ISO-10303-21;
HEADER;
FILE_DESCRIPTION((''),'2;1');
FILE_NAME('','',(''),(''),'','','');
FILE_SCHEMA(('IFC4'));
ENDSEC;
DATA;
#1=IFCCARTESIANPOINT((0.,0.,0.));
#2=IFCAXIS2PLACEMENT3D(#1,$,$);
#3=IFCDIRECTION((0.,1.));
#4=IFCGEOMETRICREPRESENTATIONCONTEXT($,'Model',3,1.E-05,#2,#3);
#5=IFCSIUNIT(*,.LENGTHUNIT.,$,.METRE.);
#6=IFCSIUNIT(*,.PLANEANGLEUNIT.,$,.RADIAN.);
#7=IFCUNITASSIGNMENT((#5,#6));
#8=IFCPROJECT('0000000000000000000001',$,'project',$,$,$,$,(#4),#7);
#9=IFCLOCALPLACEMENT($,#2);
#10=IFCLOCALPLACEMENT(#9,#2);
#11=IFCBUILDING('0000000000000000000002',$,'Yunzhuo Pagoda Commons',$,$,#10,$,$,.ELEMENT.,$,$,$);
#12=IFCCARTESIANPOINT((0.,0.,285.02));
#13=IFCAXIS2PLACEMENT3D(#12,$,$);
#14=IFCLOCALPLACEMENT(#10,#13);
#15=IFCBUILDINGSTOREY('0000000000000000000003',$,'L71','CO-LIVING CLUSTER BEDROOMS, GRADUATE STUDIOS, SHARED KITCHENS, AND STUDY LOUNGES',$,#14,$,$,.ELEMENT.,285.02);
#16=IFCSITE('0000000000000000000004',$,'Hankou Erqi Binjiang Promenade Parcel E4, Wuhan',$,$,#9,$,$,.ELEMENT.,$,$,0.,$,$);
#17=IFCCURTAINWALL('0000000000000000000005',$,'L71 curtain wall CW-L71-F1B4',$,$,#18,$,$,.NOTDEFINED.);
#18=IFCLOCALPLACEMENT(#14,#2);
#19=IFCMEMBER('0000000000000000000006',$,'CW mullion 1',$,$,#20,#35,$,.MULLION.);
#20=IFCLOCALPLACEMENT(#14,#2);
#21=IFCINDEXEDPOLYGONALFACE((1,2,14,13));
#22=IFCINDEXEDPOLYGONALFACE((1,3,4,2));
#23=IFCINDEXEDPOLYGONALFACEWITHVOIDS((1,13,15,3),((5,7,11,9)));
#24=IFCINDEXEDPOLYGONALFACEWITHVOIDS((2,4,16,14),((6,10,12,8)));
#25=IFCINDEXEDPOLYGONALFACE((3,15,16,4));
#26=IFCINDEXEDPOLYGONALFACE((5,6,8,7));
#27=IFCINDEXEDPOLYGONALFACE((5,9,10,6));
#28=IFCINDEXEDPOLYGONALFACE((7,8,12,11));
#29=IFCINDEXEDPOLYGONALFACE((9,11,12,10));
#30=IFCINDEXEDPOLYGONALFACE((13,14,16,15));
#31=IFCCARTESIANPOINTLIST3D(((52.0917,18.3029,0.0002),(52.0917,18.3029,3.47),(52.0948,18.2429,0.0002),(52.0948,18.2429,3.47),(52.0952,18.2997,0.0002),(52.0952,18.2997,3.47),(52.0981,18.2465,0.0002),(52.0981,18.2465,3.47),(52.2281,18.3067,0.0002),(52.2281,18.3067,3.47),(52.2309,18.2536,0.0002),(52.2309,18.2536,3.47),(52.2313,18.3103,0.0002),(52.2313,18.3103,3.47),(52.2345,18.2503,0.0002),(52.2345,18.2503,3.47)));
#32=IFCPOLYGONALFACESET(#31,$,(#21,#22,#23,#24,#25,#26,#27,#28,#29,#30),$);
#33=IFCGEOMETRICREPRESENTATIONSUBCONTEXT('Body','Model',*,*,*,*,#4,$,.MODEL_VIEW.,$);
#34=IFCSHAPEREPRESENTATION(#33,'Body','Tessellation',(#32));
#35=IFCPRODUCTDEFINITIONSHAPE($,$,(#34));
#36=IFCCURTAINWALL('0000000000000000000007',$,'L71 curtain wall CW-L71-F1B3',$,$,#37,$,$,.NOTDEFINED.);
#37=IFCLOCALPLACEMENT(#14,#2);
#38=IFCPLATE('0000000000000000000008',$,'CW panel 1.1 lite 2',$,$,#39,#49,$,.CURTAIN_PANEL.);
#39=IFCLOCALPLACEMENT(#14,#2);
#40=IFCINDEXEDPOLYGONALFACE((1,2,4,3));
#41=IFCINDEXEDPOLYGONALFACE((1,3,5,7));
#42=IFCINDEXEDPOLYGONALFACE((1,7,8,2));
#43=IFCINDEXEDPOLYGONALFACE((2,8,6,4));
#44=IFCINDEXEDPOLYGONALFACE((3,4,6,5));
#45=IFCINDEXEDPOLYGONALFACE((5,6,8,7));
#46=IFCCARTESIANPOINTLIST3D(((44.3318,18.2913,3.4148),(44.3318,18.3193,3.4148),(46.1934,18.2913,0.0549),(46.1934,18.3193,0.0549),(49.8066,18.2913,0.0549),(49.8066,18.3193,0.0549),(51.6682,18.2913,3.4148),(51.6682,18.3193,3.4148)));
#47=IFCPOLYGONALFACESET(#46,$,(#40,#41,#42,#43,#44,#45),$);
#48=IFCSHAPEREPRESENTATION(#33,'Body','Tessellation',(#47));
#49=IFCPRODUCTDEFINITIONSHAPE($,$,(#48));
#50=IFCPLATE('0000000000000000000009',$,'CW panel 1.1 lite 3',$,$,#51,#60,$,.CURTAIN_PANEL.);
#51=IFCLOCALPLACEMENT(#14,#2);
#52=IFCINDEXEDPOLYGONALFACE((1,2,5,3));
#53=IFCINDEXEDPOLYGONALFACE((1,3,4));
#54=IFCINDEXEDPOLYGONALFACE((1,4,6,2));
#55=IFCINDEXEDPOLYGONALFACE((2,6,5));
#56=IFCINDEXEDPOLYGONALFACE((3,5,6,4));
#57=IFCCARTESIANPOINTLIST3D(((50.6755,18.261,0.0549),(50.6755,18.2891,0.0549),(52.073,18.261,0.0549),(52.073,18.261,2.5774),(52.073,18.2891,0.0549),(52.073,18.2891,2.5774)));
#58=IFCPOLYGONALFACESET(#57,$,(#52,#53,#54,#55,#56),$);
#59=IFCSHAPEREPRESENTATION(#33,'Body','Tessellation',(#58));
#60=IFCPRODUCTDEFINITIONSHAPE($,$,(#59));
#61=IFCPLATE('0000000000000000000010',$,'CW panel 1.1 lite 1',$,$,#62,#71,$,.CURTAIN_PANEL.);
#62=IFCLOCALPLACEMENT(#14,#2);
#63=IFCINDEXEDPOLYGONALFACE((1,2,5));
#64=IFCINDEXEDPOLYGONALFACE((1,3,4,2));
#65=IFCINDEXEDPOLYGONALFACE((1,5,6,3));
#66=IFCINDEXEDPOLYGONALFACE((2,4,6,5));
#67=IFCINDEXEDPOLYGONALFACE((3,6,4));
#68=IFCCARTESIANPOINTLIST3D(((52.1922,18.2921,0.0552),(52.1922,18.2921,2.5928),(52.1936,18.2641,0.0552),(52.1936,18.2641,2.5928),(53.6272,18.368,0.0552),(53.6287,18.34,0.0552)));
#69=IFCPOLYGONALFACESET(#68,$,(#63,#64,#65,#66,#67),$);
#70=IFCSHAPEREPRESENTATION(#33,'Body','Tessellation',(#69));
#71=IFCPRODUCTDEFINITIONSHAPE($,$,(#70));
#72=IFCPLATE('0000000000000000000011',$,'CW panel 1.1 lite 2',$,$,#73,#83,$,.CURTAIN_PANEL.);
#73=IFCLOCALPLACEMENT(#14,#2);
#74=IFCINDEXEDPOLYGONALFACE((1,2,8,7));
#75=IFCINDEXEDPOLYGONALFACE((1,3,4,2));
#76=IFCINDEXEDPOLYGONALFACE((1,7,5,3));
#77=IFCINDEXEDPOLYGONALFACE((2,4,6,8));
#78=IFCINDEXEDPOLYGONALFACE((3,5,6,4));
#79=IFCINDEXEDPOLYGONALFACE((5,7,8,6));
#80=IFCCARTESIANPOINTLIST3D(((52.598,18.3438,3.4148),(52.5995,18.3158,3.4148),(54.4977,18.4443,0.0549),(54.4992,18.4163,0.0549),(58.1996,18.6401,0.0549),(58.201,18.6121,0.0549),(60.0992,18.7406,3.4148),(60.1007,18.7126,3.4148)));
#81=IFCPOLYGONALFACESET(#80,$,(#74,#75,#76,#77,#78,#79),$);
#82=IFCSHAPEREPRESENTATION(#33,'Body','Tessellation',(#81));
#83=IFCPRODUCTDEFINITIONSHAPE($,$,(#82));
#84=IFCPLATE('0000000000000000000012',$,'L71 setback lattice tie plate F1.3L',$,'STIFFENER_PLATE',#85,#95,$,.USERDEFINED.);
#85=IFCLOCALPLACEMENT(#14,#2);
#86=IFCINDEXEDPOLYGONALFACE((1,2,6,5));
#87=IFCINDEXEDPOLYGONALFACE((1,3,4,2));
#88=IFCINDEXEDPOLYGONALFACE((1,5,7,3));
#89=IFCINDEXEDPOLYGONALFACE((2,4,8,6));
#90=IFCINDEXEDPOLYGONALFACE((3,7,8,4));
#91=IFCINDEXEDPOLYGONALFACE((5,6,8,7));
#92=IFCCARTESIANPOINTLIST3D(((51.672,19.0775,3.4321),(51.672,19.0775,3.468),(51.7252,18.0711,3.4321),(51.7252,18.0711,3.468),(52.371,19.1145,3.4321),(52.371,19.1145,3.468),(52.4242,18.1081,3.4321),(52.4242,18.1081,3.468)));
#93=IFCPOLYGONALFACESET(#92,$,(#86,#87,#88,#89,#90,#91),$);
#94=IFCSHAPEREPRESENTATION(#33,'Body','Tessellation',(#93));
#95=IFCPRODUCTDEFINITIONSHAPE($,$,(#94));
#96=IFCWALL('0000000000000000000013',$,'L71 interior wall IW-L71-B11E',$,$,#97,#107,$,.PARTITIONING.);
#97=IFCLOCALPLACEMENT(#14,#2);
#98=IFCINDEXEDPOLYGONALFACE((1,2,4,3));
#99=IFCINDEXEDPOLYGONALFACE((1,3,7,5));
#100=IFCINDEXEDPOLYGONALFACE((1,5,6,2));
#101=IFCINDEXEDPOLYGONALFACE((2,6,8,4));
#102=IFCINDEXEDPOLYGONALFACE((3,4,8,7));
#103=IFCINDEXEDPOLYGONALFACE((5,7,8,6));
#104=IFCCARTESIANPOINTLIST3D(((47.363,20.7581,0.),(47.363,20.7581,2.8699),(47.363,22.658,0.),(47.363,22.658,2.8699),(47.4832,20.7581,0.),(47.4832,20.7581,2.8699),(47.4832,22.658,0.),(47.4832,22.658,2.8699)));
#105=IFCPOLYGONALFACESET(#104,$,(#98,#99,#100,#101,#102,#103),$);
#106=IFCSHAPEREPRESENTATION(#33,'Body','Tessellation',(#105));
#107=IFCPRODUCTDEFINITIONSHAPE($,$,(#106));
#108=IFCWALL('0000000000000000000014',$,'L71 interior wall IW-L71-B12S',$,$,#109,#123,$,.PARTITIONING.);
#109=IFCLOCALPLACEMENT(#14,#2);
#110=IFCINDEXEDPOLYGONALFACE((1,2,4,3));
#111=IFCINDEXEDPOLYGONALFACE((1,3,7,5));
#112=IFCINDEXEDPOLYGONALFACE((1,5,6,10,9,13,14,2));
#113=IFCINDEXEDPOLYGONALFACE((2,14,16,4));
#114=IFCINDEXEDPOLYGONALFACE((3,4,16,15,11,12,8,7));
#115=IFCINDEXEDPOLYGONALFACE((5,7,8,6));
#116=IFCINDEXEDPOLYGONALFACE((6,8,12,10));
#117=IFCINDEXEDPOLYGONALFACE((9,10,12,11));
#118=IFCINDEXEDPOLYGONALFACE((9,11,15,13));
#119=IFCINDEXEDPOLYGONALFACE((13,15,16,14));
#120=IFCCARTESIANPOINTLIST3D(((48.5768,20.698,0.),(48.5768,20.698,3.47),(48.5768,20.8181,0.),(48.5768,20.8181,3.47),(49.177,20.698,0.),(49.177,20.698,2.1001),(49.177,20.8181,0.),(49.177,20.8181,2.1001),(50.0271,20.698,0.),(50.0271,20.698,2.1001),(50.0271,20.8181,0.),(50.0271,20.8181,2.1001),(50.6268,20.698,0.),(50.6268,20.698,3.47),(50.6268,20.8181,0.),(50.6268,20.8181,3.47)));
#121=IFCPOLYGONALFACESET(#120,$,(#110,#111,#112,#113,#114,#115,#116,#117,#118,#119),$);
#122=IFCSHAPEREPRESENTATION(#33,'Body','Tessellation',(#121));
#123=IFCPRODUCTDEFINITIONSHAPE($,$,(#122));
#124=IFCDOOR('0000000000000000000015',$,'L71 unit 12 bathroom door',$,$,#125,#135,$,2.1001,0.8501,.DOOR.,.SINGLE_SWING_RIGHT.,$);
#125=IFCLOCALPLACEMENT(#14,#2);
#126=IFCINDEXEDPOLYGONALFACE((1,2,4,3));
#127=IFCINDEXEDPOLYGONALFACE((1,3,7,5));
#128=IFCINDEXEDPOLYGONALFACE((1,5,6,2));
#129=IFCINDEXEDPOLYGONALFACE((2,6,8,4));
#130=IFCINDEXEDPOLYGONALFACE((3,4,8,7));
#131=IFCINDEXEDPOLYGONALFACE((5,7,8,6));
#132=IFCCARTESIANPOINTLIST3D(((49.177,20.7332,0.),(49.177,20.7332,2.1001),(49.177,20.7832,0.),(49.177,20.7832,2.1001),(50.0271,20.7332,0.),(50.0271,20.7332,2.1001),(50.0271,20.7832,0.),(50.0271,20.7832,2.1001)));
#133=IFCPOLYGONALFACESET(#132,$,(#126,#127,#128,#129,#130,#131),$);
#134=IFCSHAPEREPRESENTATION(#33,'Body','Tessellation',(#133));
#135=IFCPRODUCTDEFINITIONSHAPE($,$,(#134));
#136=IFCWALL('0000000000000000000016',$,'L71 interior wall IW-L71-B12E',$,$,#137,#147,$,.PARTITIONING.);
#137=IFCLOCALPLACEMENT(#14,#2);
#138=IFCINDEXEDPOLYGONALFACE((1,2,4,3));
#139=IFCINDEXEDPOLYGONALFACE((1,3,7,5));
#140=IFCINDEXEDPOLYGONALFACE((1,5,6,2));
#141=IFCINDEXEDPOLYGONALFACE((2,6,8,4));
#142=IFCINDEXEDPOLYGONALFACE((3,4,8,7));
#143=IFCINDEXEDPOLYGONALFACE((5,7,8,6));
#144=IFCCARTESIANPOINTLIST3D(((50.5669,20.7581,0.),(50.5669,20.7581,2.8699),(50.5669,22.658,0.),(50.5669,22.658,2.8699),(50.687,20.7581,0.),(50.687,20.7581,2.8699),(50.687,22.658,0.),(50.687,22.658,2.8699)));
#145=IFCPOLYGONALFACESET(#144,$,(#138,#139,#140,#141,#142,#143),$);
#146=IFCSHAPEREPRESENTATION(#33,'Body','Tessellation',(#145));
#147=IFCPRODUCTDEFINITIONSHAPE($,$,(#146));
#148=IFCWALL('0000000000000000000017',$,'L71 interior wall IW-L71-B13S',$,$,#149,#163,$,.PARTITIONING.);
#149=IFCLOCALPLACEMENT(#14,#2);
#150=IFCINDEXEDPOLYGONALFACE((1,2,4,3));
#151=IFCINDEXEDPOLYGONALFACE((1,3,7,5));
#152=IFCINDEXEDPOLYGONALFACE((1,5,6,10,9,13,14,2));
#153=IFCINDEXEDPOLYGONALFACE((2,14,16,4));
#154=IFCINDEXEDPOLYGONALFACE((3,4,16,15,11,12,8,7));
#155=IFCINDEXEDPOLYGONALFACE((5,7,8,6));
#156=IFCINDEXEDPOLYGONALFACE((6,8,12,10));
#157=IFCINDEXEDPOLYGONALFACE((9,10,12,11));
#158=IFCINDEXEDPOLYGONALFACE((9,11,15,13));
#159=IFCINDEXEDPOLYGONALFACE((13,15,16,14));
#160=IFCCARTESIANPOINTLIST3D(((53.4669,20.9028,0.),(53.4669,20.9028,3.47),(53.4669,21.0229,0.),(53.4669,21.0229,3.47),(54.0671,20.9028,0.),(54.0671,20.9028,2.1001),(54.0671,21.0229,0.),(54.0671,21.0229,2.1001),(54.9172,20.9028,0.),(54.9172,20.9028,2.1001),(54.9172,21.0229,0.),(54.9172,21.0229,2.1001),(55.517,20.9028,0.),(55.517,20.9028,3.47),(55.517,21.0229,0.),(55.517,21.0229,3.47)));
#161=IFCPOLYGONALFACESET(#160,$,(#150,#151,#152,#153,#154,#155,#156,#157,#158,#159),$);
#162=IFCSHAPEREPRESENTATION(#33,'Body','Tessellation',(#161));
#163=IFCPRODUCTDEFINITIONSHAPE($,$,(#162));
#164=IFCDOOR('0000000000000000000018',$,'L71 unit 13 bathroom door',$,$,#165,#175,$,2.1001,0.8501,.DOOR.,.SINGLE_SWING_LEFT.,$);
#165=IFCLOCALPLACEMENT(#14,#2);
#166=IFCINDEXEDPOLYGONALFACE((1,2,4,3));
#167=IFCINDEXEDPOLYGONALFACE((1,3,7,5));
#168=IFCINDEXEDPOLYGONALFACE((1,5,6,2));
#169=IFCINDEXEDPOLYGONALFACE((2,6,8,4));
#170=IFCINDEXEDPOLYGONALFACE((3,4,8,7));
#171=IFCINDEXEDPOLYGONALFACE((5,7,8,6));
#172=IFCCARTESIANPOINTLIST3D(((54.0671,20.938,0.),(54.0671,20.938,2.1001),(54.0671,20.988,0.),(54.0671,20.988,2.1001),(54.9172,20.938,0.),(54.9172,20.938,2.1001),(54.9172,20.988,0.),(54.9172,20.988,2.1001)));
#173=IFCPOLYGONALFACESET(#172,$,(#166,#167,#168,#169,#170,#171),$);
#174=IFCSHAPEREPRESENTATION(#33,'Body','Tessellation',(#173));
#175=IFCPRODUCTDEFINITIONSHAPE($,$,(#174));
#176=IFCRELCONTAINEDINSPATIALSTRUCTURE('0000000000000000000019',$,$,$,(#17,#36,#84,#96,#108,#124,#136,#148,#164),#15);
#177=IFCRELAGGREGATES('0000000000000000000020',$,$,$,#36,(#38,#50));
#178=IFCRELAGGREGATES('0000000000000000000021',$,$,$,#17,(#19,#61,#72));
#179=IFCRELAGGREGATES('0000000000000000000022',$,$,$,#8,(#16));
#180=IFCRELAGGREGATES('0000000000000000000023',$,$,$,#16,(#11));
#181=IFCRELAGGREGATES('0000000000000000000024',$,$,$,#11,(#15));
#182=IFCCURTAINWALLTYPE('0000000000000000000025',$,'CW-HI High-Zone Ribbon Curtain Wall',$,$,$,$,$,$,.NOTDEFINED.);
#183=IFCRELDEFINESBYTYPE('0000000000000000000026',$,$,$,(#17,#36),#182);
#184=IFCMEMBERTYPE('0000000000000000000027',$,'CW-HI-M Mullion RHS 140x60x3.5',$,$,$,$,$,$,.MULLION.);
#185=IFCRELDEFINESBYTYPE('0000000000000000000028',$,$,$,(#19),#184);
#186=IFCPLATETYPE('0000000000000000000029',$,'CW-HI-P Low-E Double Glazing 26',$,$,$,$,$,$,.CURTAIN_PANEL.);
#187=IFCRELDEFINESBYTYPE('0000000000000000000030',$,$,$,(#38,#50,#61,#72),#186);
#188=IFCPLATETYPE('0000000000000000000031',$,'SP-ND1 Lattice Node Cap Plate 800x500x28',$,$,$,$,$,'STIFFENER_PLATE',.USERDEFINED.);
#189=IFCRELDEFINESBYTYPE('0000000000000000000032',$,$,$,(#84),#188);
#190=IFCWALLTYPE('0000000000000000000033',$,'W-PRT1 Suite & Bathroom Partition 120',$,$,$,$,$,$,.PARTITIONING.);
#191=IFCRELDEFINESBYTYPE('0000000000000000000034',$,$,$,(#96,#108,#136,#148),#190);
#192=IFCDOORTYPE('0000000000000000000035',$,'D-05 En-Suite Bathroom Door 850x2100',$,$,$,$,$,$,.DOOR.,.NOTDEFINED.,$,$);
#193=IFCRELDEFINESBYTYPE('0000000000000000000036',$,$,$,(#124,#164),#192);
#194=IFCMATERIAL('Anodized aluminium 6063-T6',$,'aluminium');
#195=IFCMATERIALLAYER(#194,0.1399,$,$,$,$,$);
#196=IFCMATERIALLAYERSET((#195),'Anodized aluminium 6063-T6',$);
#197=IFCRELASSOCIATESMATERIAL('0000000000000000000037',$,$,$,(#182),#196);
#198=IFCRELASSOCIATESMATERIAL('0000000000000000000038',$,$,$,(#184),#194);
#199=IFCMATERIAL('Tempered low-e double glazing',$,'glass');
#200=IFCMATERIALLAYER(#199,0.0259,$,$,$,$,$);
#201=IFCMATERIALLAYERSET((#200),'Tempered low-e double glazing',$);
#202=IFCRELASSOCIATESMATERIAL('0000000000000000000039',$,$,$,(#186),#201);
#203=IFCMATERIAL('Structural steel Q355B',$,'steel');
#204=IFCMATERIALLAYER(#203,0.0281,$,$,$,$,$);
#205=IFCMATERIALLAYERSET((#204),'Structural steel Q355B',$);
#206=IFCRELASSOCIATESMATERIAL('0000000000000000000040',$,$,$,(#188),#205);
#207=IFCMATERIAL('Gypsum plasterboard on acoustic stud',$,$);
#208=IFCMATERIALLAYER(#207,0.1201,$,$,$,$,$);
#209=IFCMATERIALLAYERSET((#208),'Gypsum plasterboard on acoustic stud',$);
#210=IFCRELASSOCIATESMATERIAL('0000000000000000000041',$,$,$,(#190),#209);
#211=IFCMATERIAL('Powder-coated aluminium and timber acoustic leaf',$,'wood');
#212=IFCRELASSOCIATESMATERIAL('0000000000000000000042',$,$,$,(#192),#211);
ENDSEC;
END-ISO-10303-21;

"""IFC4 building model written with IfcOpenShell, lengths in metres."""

from ifc_helpers import new_model, si_unit, direction, frame, frame_2d, origin, origin_2d, place, context, subcontext, project, spatial, polyline, rectangle, hollow_rectangle, outline, extrude, source, transform, mapped, material, layer, layer_set, material_profile, profile_set, type_object, element, fill, aggregate, save


model = new_model("IFC4")

# Units and contexts
model_context = context("Model", 3, precision=1e-05, world=origin(), true_north=direction((0.0, 1.0)))
body_context = subcontext(model_context, "Body", "Model", "MODEL_VIEW")
ifc_project = project(units=[si_unit("LENGTHUNIT", "METRE"), si_unit("PLANEANGLEUNIT", "RADIAN")], contexts=[model_context])

# Site, building, storey
site_placement = place(None, origin())
site = spatial("IfcSite", under=ifc_project, at=site_placement, Name="Hankou Erqi Binjiang Promenade Parcel E4, Wuhan", CompositionType="ELEMENT", RefElevation=0.0)
building_placement = place(site_placement, origin())
building = spatial("IfcBuilding", under=site, at=building_placement, Name="Yunzhuo Pagoda Commons", CompositionType="ELEMENT")
storey_placement = place(building_placement, frame((0.0, 0.0, 285.02)))
storey = spatial("IfcBuildingStorey", under=building, at=storey_placement, Name="L71", Description="CO-LIVING CLUSTER BEDROOMS, GRADUATE STUDIOS, SHARED KITCHENS, AND STUDY LOUNGES", CompositionType="ELEMENT", Elevation=285.02)

# Shared definitions
ifc_material_1 = material(Name="Structural steel Q355B", Category="steel")

# Curtain wall, member
ifc_material_2 = material(Name="Anodized aluminium 6063-T6", Category="aluminium")
ifc_layer_1 = layer(ifc_material_2, 0.1399)
ifc_layer_set_1 = layer_set([ifc_layer_1], Name="Anodized aluminium 6063-T6")
curtain_wall_type = type_object("IfcCurtainWallType", Name="CW-HI High-Zone Ribbon Curtain Wall", PredefinedType="NOTDEFINED", material=ifc_layer_set_1)
curtain_wall_1_placement = place(storey_placement, origin())
curtain_wall_1 = element("IfcCurtainWall", 1, at=curtain_wall_1_placement, inside=storey, type_object=curtain_wall_type, Name="L71 curtain wall CW-L71-F1B4", PredefinedType="NOTDEFINED")
ifc_material_profile_1 = material_profile(ifc_material_2, hollow_rectangle(XDim=0.0601, YDim=0.1399, WallThickness=0.0034, at=origin_2d()), Name="Anodized aluminium 6063-T6")
ifc_profile_set_1 = profile_set([ifc_material_profile_1], Name="Anodized aluminium 6063-T6")
member_type_1 = type_object("IfcMemberType", Name="CW-HI-M Mullion RHS 140x60x3.5", PredefinedType="MULLION", material=ifc_profile_set_1)
shared_shape_1 = source(origin(), body_context, "Body", "SweptSolid", [
    extrude(hollow_rectangle(XDim=0.0601, YDim=0.1399, WallThickness=0.0034, at=origin_2d()), origin(), (0.0, 0.0, 1.0), 3.4697),
])
member_1_placement = place(storey_placement, frame((52.1631, 18.2766, 0.0002), z_axis=(0.0, 0.0, 1.0), x_axis=(-0.052822, 0.998604, 0.0)))
member_1 = element("IfcMember", 2, at=member_1_placement, type_object=member_type_1, Name="CW mullion 1", PredefinedType="MULLION", context=body_context, shape_type="MappedRepresentation", body=[
    mapped(shared_shape_1, transform((0.0, 0.0, 0.0), scale=1.0)),
])

# Curtain wall, plates
curtain_wall_2_placement = place(storey_placement, origin())
curtain_wall_2 = element("IfcCurtainWall", 3, at=curtain_wall_2_placement, inside=storey, type_object=curtain_wall_type, Name="L71 curtain wall CW-L71-F1B3", PredefinedType="NOTDEFINED")
ifc_material_3 = material(Name="Tempered low-e double glazing", Category="glass")
ifc_layer_2 = layer(ifc_material_3, 0.0259)
ifc_layer_set_2 = layer_set([ifc_layer_2], Name="Tempered low-e double glazing")
plate_type_1 = type_object("IfcPlateType", Name="CW-HI-P Low-E Double Glazing 26", PredefinedType="CURTAIN_PANEL", material=ifc_layer_set_2)
plate_1_placement = place(storey_placement, frame((48.0, 18.3193, 1.7349), z_axis=(0.0, -1.0, 0.0), x_axis=(1.0, 0.0, 0.0)))
plate_1 = element("IfcPlate", 4, at=plate_1_placement, type_object=plate_type_1, Name="CW panel 1.1 lite 2", PredefinedType="CURTAIN_PANEL", context=body_context, shape_type="SweptSolid", body=[
    extrude(outline(polyline([(-3.6682, 1.6799), (-1.8066, -1.6799), (1.8066, -1.6799), (3.6682, 1.6799), (-3.6682, 1.6799)])), origin(), (0.0, 0.0, 1.0), 0.0281),
])
plate_2_placement = place(storey_placement, frame((51.3743, 18.2891, 1.3162), z_axis=(0.0, -1.0, 0.0), x_axis=(1.0, 0.0, 0.0)))
plate_2 = element("IfcPlate", 5, at=plate_2_placement, type_object=plate_type_1, Name="CW panel 1.1 lite 3", PredefinedType="CURTAIN_PANEL", context=body_context, shape_type="SweptSolid", body=[
    extrude(outline(polyline([(-0.6987, -1.2612), (0.6987, -1.2612), (0.6987, 1.2612), (-0.6987, -1.2612)])), origin(), (0.0, 0.0, 1.0), 0.0281),
])
aggregate(curtain_wall_2, [plate_1, plate_2])

# Plates
plate_3_placement = place(storey_placement, frame((52.9097, 18.3301, 1.324), z_axis=(0.052822, -0.998604, 0.0), x_axis=(0.998604, 0.052822, 0.0)))
plate_3 = element("IfcPlate", 6, at=plate_3_placement, type_object=plate_type_1, Name="CW panel 1.1 lite 1", PredefinedType="CURTAIN_PANEL", context=body_context, shape_type="SweptSolid", body=[
    extrude(outline(polyline([(-0.7185, -1.2688), (0.7185, -1.2688), (-0.7185, 1.2688), (-0.7185, -1.2688)])), origin(), (0.0, 0.0, 1.0), 0.0281),
])
plate_4_placement = place(storey_placement, frame((56.3486, 18.5422, 1.7349), z_axis=(0.052822, -0.998604, 0.0), x_axis=(0.998604, 0.052822, 0.0)))
plate_4 = element("IfcPlate", 7, at=plate_4_placement, type_object=plate_type_1, Name="CW panel 1.1 lite 2", PredefinedType="CURTAIN_PANEL", context=body_context, shape_type="SweptSolid", body=[
    extrude(outline(polyline([(-3.7559, 1.6799), (-1.8535, -1.6799), (1.8535, -1.6799), (3.7559, 1.6799), (-3.7559, 1.6799)])), origin(), (0.0, 0.0, 1.0), 0.0281),
])
aggregate(curtain_wall_1, [member_1, plate_3, plate_4])
ifc_layer_3 = layer(ifc_material_1, 0.0281)
ifc_layer_set_3 = layer_set([ifc_layer_3], Name="Structural steel Q355B")
plate_type_2 = type_object("IfcPlateType", Name="SP-ND1 Lattice Node Cap Plate 800x500x28", ElementType="STIFFENER_PLATE", PredefinedType="USERDEFINED", material=ifc_layer_set_3)
shared_shape_2 = source(origin(), body_context, "Body", "SweptSolid", [
    extrude(rectangle(XDim=0.7, YDim=1.0078, at=origin_2d()), origin(), (0.0, 0.0, 1.0), 0.0359),
])
plate_5_placement = place(storey_placement, frame((52.0481, 18.5928, 3.4321), z_axis=(0.0, 0.0, 1.0), x_axis=(0.998604, 0.052824, 0.0)))
element("IfcPlate", 8, at=plate_5_placement, inside=storey, type_object=plate_type_2, Name="L71 setback lattice tie plate F1.3L", ObjectType="STIFFENER_PLATE", PredefinedType="USERDEFINED", context=body_context, shape_type="MappedRepresentation", body=[
    mapped(shared_shape_2, transform((0.0, 0.0, 0.0), scale=1.0)),
])

# Wall
ifc_material_4 = material(Name="Gypsum plasterboard on acoustic stud")
ifc_layer_4 = layer(ifc_material_4, 0.1201)
ifc_layer_set_4 = layer_set([ifc_layer_4], Name="Gypsum plasterboard on acoustic stud")
wall_type = type_object("IfcWallType", Name="W-PRT1 Suite & Bathroom Partition 120", PredefinedType="PARTITIONING", material=ifc_layer_set_4)
wall_1_placement = place(storey_placement, frame((47.4231, 20.7581, 0.0), z_axis=(0.0, 0.0, 1.0), x_axis=(0.0, 1.0, 0.0)))
element("IfcWall", 9, at=wall_1_placement, inside=storey, type_object=wall_type, Name="L71 interior wall IW-L71-B11E", PredefinedType="PARTITIONING", context=body_context, shape_type="SweptSolid", body=[
    extrude(rectangle(XDim=1.8999, YDim=0.1201, at=frame_2d((0.95, 0.0))), origin(), (0.0, 0.0, 1.0), 2.8699),
])

# Wall, opening, door
wall_2_placement = place(storey_placement, frame((48.5769, 20.7581, 0.0), z_axis=(0.0, 0.0, 1.0), x_axis=(1.0, 0.0, 0.0)))
wall_2 = element("IfcWall", 10, at=wall_2_placement, inside=storey, type_object=wall_type, Name="L71 interior wall IW-L71-B12S", PredefinedType="PARTITIONING", context=body_context, shape_type="SweptSolid", body=[
    extrude(rectangle(XDim=2.05, YDim=0.1201, at=frame_2d((1.0249, 0.0))), origin(), (0.0, 0.0, 1.0), 3.47),
])
opening_1_placement = place(wall_2_placement, frame((0.6001, 0.0, 0.0)))
opening_1 = element("IfcOpeningElement", 11, at=opening_1_placement, cuts=wall_2, PredefinedType="OPENING", context=body_context, shape_type="SweptSolid", body=[
    extrude(rectangle(XDim=0.8501, YDim=2.1001, at=frame_2d((0.425, 1.05))), frame((0.0, 0.0701, 0.0), z_axis=(0.0, -1.0, 0.0), x_axis=(1.0, 0.0, 0.0)), (0.0, 0.0, 1.0), 0.1401),
])
ifc_material_5 = material(Name="Powder-coated aluminium and timber acoustic leaf", Category="wood")
door_type = type_object("IfcDoorType", Name="D-05 En-Suite Bathroom Door 850x2100", OperationType="NOTDEFINED", PredefinedType="DOOR", material=ifc_material_5)
shared_shape_3 = source(origin(), body_context, "Body", "SweptSolid", [
    extrude(rectangle(XDim=0.8501, YDim=2.1001, at=frame_2d((0.425, 1.05))), frame((0.0, 0.0249, 0.0), z_axis=(0.0, -1.0, 0.0), x_axis=(1.0, 0.0, 0.0)), (0.0, 0.0, 1.0), 0.05),
])
door_1_placement = place(opening_1_placement, frame((0.8501, 0.0, 0.0), z_axis=(0.0, 0.0, 1.0), x_axis=(-1.0, 0.0, 0.0)))
door_1 = element("IfcDoor", 12, at=door_1_placement, inside=storey, type_object=door_type, Name="L71 unit 12 bathroom door", OperationType="SINGLE_SWING_RIGHT", OverallHeight=2.1001, OverallWidth=0.8501, PredefinedType="DOOR", context=body_context, shape_type="MappedRepresentation", body=[
    mapped(shared_shape_3, transform((0.0, 0.0, 0.0), scale=1.0)),
])
fill(opening_1, door_1)

# Wall
wall_3_placement = place(storey_placement, frame((50.627, 20.7581, 0.0), z_axis=(0.0, 0.0, 1.0), x_axis=(0.0, 1.0, 0.0)))
element("IfcWall", 13, at=wall_3_placement, inside=storey, type_object=wall_type, Name="L71 interior wall IW-L71-B12E", PredefinedType="PARTITIONING", context=body_context, shape_type="SweptSolid", body=[
    extrude(rectangle(XDim=1.8999, YDim=0.1201, at=frame_2d((0.95, 0.0))), origin(), (0.0, 0.0, 1.0), 2.8699),
])

# Wall, opening, door
wall_4_placement = place(storey_placement, frame((53.467, 20.9629, 0.0), z_axis=(0.0, 0.0, 1.0), x_axis=(1.0, 0.0, 0.0)))
wall_4 = element("IfcWall", 14, at=wall_4_placement, inside=storey, type_object=wall_type, Name="L71 interior wall IW-L71-B13S", PredefinedType="PARTITIONING", context=body_context, shape_type="SweptSolid", body=[
    extrude(rectangle(XDim=2.05, YDim=0.1201, at=frame_2d((1.0249, 0.0))), origin(), (0.0, 0.0, 1.0), 3.47),
])
opening_2_placement = place(wall_4_placement, frame((0.6001, 0.0, 0.0)))
opening_2 = element("IfcOpeningElement", 15, at=opening_2_placement, cuts=wall_4, PredefinedType="OPENING", context=body_context, shape_type="SweptSolid", body=[
    extrude(rectangle(XDim=0.8501, YDim=2.1001, at=frame_2d((0.425, 1.05))), frame((0.0, 0.0701, 0.0), z_axis=(0.0, -1.0, 0.0), x_axis=(1.0, 0.0, 0.0)), (0.0, 0.0, 1.0), 0.1401),
])
door_2_placement = place(opening_2_placement, frame((0.8501, 0.0, 0.0), z_axis=(0.0, 0.0, 1.0), x_axis=(-1.0, 0.0, 0.0)))
door_2 = element("IfcDoor", 16, at=door_2_placement, inside=storey, type_object=door_type, Name="L71 unit 13 bathroom door", OperationType="SINGLE_SWING_LEFT", OverallHeight=2.1001, OverallWidth=0.8501, PredefinedType="DOOR", context=body_context, shape_type="MappedRepresentation", body=[
    mapped(shared_shape_3, transform((0.0, 0.0, 0.0), scale=1.0)),
])
fill(opening_2, door_2)

save(model, "model.ifc")
